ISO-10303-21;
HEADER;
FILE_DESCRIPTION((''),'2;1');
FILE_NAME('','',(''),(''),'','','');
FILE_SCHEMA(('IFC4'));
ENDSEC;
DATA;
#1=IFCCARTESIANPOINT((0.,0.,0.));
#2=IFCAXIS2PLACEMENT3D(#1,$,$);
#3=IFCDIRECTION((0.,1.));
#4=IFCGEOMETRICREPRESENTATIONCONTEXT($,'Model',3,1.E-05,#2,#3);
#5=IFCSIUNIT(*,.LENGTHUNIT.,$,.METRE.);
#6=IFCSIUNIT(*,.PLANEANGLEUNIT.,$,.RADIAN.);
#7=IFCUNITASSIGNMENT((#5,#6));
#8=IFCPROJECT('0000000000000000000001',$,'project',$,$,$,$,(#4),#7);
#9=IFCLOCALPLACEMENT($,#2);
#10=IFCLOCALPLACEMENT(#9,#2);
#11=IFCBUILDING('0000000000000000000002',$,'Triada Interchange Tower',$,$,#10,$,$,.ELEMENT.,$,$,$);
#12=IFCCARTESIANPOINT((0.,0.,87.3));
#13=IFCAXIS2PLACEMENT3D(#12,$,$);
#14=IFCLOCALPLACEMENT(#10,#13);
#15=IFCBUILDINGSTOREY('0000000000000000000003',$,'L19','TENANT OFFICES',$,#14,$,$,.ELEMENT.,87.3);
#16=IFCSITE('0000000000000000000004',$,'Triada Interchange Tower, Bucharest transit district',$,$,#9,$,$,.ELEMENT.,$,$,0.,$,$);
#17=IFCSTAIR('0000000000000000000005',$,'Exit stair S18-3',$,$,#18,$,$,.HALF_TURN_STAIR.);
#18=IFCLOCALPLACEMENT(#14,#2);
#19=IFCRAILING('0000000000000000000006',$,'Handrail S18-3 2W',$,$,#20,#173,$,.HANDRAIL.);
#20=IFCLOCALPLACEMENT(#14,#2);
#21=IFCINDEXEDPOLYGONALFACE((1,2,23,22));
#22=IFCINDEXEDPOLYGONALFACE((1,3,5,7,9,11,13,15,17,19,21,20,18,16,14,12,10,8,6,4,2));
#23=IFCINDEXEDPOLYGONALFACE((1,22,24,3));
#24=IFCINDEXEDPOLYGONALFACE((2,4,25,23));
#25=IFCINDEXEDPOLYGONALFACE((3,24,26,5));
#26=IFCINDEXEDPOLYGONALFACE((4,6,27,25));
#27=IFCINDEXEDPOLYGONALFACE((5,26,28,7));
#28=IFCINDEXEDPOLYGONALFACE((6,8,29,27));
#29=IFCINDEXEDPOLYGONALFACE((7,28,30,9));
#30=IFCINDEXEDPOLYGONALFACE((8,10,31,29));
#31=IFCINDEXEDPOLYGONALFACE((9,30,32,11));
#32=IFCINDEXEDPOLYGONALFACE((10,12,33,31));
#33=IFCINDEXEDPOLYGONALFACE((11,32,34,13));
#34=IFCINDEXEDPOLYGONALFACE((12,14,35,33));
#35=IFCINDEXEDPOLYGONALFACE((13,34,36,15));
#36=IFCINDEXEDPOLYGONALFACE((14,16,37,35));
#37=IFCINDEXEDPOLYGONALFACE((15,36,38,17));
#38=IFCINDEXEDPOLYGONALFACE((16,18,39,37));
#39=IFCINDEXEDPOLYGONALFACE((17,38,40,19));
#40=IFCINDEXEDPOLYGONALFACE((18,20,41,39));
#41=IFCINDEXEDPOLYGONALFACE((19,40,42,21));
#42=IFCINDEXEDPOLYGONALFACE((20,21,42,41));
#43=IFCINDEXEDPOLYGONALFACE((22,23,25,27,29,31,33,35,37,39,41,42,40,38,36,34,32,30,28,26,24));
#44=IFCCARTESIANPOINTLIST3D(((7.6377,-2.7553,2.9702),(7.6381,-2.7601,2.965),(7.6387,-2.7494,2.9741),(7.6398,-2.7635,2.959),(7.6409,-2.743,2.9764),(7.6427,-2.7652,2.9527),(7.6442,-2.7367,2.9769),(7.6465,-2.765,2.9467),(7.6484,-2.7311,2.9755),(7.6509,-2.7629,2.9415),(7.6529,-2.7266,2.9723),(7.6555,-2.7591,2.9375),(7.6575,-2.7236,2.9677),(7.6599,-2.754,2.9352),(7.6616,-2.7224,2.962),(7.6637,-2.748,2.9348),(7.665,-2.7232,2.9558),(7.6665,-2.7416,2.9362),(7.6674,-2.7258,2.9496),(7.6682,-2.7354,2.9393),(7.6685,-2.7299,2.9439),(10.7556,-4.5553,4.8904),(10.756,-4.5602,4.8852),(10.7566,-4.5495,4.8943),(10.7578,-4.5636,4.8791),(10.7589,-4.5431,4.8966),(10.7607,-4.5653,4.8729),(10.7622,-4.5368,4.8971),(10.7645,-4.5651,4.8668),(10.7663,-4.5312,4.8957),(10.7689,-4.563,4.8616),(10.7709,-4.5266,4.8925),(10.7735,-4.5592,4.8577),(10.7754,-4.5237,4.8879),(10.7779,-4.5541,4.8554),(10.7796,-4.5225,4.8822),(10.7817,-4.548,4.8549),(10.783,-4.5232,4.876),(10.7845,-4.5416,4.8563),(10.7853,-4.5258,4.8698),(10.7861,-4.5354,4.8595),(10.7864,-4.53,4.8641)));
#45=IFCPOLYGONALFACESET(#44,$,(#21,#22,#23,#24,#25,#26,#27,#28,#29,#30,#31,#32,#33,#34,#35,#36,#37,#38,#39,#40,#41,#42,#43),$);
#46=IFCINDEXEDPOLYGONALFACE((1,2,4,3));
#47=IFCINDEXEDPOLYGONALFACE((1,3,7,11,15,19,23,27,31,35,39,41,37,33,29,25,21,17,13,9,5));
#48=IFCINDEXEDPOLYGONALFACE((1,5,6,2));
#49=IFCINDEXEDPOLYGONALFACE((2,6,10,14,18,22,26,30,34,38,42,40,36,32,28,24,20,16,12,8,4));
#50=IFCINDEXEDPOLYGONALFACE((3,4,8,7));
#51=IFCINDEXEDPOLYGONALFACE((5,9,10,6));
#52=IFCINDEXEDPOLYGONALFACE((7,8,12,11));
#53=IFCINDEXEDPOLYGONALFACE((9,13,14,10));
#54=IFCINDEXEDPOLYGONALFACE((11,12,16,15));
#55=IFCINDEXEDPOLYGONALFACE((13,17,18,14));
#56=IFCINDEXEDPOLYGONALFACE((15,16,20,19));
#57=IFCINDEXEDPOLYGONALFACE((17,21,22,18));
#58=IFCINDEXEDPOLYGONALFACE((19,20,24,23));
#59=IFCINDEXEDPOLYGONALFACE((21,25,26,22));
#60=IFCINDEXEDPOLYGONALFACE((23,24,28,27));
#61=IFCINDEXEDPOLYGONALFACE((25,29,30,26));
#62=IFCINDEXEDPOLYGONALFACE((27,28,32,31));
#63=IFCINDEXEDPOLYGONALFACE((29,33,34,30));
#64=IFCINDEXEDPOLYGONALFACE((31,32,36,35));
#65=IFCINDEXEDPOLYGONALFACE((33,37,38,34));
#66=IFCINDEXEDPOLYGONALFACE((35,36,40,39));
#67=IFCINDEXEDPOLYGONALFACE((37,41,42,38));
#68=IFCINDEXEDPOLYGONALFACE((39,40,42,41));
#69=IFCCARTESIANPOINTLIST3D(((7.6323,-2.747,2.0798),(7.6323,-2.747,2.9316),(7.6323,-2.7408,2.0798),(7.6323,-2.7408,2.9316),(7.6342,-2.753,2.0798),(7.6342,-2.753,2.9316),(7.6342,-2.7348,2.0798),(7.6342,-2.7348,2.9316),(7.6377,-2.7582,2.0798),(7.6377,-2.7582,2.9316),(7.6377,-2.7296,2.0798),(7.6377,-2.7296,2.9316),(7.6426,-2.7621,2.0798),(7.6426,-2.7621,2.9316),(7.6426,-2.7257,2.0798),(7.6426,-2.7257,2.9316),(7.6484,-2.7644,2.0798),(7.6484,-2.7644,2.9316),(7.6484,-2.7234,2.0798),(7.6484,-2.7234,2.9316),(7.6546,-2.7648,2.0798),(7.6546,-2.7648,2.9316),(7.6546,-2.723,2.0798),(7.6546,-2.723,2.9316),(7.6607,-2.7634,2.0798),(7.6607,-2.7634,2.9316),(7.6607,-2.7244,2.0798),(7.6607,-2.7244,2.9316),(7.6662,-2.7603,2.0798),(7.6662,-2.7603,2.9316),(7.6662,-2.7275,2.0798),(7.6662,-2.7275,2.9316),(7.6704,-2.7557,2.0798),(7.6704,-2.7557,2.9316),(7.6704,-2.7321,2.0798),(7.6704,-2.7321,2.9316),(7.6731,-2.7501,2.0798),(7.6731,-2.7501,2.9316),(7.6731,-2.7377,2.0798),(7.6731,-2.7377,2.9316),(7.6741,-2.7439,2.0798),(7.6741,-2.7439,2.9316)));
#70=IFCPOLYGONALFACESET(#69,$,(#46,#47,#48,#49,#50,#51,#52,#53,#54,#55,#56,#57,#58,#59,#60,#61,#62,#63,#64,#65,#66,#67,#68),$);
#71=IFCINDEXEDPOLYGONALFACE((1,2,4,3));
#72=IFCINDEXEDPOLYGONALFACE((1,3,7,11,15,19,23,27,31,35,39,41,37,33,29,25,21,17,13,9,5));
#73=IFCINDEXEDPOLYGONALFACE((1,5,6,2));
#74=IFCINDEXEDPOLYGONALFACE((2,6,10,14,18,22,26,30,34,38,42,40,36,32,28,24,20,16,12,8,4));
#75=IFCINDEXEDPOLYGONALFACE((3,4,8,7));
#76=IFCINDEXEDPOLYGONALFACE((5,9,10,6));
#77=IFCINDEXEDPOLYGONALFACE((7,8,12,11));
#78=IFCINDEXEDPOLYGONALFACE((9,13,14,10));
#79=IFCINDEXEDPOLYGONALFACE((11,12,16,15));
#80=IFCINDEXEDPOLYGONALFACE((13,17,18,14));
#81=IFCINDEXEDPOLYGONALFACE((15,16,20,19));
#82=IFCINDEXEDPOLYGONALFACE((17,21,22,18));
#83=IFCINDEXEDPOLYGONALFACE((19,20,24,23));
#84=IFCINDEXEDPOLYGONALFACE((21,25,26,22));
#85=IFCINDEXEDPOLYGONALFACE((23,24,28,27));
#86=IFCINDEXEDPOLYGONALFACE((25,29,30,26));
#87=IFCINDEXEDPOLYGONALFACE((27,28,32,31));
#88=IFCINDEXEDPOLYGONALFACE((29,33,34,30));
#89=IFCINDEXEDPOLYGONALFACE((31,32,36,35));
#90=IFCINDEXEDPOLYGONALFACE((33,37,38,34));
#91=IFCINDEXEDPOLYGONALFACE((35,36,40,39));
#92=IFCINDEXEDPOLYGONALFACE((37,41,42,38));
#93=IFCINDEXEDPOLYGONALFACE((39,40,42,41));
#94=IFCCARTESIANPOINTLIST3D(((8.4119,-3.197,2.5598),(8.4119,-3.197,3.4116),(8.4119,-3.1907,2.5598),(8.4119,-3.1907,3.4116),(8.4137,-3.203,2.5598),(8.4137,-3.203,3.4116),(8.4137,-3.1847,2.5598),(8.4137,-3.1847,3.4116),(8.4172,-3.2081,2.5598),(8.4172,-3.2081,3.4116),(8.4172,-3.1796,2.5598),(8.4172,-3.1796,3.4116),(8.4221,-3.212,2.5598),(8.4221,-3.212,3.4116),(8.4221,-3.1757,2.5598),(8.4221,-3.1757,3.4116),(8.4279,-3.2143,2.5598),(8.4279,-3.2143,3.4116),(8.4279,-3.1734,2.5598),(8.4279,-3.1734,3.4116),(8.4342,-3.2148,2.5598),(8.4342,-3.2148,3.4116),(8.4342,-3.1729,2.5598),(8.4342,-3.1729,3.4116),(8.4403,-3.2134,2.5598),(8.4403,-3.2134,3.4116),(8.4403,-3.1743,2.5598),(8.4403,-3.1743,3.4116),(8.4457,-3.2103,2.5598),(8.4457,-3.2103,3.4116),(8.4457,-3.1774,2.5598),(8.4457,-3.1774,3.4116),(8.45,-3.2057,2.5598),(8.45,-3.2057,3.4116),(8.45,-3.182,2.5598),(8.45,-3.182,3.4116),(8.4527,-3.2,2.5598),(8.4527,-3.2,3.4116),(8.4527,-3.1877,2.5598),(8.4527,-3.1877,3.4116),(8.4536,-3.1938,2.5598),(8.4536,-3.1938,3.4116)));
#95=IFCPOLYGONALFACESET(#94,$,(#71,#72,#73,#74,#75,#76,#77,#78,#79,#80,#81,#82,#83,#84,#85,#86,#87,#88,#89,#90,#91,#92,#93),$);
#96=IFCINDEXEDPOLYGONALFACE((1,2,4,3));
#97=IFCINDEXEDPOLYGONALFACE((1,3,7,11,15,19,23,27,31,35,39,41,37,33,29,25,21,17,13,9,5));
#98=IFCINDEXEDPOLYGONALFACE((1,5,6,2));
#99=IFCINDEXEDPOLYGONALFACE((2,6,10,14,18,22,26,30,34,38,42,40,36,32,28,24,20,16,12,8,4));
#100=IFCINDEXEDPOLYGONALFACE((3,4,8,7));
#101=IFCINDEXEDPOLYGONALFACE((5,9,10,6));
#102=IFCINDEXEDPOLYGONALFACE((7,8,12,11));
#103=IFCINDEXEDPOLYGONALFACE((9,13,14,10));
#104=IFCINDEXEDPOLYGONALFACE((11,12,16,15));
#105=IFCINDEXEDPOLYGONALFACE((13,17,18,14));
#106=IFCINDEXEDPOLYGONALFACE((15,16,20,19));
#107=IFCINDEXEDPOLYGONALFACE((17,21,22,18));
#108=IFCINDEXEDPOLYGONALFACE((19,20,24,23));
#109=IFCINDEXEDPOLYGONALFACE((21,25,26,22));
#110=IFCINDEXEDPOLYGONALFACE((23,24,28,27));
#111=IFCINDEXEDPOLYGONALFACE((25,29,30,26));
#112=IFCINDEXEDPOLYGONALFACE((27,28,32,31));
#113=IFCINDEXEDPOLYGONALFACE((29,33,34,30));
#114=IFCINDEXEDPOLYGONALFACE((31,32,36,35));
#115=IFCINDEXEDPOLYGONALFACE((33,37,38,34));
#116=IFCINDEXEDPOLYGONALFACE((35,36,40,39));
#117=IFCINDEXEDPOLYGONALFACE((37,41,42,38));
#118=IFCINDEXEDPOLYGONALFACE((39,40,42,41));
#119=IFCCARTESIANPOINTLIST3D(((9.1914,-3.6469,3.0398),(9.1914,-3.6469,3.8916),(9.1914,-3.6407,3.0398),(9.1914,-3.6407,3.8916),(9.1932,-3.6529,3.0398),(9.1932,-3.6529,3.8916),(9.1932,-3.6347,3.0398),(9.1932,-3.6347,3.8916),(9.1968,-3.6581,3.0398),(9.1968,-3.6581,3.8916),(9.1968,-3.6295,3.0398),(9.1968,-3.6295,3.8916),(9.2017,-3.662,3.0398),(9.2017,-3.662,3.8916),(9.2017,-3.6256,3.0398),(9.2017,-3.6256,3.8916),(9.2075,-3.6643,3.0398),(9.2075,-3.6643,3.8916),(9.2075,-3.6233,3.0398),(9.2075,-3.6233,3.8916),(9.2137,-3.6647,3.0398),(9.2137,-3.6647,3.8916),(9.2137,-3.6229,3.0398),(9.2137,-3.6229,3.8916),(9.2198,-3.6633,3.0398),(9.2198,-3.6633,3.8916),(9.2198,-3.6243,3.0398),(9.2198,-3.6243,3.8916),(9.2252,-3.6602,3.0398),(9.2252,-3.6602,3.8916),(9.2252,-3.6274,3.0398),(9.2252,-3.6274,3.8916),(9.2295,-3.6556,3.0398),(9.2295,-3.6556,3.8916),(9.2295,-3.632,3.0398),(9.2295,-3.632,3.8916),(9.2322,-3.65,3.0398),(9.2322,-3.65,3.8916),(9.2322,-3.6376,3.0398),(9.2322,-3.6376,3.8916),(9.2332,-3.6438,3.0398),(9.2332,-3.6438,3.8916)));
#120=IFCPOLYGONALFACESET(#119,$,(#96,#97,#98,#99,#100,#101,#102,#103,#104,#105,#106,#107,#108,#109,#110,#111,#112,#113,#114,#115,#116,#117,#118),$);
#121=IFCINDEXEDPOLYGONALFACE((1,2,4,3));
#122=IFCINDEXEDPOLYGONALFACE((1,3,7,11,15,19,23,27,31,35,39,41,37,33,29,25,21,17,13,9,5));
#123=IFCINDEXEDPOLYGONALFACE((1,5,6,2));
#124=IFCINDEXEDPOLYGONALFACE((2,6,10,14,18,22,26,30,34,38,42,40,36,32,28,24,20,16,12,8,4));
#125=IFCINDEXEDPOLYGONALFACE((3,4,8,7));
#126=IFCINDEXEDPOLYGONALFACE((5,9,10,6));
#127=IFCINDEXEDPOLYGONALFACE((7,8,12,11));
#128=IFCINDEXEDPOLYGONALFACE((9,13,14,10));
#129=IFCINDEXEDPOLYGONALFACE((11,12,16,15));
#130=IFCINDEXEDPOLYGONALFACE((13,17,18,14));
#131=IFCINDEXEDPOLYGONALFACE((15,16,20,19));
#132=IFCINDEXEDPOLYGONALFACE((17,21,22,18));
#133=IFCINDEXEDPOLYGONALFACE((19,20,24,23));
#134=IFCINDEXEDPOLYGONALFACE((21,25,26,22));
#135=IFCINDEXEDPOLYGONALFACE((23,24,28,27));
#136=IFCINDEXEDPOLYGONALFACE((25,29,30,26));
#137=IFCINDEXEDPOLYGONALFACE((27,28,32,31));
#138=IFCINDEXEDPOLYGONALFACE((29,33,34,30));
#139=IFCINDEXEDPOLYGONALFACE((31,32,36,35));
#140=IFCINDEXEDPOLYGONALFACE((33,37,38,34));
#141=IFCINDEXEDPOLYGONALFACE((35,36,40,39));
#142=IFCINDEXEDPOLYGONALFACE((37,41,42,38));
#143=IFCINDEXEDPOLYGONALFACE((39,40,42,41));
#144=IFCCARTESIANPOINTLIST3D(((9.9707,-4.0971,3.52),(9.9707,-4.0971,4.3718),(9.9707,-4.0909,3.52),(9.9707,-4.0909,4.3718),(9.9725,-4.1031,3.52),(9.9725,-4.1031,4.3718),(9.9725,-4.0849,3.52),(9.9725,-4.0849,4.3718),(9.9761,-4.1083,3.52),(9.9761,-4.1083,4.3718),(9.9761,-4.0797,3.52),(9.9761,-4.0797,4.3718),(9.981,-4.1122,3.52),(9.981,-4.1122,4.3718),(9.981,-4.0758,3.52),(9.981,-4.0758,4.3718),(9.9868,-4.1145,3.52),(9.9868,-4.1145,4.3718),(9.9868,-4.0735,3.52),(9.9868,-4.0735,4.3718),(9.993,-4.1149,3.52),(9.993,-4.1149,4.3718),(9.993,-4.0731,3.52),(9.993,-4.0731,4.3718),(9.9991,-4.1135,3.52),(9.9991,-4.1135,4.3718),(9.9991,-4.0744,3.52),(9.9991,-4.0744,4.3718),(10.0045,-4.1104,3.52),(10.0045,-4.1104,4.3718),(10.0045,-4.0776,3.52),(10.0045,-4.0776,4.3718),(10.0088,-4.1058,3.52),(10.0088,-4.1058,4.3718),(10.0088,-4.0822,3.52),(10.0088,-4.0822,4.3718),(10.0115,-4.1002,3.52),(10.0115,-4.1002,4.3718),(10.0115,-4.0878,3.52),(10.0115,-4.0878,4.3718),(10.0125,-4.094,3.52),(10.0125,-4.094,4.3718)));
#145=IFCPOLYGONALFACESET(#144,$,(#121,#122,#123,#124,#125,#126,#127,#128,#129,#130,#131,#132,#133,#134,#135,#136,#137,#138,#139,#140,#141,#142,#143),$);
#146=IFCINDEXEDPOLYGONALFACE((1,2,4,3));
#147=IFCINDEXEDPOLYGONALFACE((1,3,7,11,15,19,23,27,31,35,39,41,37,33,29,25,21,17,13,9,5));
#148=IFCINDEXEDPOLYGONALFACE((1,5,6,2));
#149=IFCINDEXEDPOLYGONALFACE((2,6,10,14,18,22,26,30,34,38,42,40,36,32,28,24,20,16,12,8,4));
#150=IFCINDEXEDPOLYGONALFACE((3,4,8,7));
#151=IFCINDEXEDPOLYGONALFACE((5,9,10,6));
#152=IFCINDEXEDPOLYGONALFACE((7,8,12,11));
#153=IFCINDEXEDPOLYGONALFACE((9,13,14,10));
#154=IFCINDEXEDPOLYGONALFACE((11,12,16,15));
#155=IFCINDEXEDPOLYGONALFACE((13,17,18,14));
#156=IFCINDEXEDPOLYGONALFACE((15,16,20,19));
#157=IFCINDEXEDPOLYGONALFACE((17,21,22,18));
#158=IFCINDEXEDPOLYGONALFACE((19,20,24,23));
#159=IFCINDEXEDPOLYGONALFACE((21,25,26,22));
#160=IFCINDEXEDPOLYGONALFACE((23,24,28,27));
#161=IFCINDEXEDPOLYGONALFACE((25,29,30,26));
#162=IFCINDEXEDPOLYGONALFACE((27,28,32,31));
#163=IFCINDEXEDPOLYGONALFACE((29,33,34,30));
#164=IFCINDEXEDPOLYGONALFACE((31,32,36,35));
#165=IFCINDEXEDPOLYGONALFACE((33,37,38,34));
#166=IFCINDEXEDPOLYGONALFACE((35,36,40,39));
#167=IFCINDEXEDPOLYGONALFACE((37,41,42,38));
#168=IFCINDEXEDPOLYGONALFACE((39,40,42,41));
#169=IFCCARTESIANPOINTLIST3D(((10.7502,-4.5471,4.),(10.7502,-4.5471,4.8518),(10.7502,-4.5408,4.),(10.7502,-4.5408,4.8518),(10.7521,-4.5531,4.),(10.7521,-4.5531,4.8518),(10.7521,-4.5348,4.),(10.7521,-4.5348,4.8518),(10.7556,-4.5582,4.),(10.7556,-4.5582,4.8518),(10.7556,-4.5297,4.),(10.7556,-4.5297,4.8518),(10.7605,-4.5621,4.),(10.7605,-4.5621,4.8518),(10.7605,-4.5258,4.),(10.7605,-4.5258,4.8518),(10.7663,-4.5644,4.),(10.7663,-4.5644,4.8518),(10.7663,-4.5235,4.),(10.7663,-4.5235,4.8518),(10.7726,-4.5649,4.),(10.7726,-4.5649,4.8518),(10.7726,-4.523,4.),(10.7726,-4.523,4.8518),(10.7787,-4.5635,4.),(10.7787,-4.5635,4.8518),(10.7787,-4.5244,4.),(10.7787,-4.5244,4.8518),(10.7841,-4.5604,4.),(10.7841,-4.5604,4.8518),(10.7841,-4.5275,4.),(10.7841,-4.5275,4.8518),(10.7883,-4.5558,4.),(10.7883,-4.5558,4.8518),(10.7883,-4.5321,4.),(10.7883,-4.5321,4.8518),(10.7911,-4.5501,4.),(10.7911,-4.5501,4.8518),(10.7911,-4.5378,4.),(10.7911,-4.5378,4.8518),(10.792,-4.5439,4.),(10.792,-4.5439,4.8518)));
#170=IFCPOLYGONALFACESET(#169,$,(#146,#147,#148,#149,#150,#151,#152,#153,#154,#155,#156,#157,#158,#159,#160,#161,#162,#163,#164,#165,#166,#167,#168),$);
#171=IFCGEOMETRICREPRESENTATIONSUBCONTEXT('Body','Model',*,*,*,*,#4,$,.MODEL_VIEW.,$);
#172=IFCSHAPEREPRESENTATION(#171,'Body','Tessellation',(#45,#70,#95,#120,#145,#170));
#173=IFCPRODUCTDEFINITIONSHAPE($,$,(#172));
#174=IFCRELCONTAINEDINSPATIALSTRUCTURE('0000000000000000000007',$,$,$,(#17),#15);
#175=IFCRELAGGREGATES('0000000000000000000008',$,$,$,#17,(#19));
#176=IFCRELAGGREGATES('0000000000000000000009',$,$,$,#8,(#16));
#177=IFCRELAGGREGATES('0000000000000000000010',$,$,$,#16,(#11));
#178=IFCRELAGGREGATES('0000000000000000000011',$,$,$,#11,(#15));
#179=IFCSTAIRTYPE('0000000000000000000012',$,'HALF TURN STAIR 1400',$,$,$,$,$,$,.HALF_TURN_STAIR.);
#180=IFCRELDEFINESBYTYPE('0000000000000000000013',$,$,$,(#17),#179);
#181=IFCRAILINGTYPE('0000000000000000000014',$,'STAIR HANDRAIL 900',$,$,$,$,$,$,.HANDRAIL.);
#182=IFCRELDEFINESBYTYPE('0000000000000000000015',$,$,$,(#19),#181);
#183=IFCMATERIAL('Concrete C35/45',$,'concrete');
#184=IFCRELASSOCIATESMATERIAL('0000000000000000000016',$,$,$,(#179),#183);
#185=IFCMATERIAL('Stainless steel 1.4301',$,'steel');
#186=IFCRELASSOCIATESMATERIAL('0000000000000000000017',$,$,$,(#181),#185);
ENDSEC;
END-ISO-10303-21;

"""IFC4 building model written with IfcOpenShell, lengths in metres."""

from ifc_helpers import new_model, si_unit, direction, frame, origin, origin_2d, place, context, subcontext, project, spatial, circle, extrude, material, type_object, element, aggregate, save


model = new_model("IFC4")

# Units and contexts
model_context = context("Model", 3, precision=1e-05, world=origin(), true_north=direction((0.0, 1.0)))
body_context = subcontext(model_context, "Body", "Model", "MODEL_VIEW")
ifc_project = project(units=[si_unit("LENGTHUNIT", "METRE"), si_unit("PLANEANGLEUNIT", "RADIAN")], contexts=[model_context])

# Site, building, storey
site_placement = place(None, origin())
site = spatial("IfcSite", under=ifc_project, at=site_placement, Name="Triada Interchange Tower, Bucharest transit district", CompositionType="ELEMENT", RefElevation=0.0)
building_placement = place(site_placement, origin())
building = spatial("IfcBuilding", under=site, at=building_placement, Name="Triada Interchange Tower", CompositionType="ELEMENT")
storey_placement = place(building_placement, frame((0.0, 0.0, 87.3)))
storey = spatial("IfcBuildingStorey", under=building, at=storey_placement, Name="L19", Description="TENANT OFFICES", CompositionType="ELEMENT", Elevation=87.3)

# Stair
ifc_material_1 = material(Name="Concrete C35/45", Category="concrete")
stair_type = type_object("IfcStairType", Name="HALF TURN STAIR 1400", PredefinedType="HALF_TURN_STAIR", material=ifc_material_1)
stair_placement = place(storey_placement, origin())
stair = element("IfcStair", 1, at=stair_placement, inside=storey, type_object=stair_type, Name="Exit stair S18-3", PredefinedType="HALF_TURN_STAIR")

# Railing
ifc_material_2 = material(Name="Stainless steel 1.4301", Category="steel")
railing_type = type_object("IfcRailingType", Name="STAIR HANDRAIL 900", PredefinedType="HANDRAIL", material=ifc_material_2)
railing_1_placement = place(storey_placement, frame((7.6531, -2.7439, 2.0798)))
railing_1 = element("IfcRailing", 2, at=railing_1_placement, type_object=railing_type, Name="Handrail S18-3 2W", PredefinedType="HANDRAIL", context=body_context, shape_type="SweptSolid", body=[
    extrude(circle(Radius=0.0239, at=origin_2d()), frame((0.0, 0.0, 0.876), z_axis=(0.764145, -0.441159, 0.470597), x_axis=(0.499983, 0.866035, 0.0)), (0.0, 0.0, 1.0), 4.0803),
    extrude(circle(Radius=0.021, at=origin_2d()), origin(), (0.0, 0.0, 1.0), 0.8518),
    extrude(circle(Radius=0.021, at=origin_2d()), frame((0.7795, -0.45, 0.48)), (0.0, 0.0, 1.0), 0.8518),
    extrude(circle(Radius=0.021, at=origin_2d()), frame((1.5591, -0.8999, 0.96)), (0.0, 0.0, 1.0), 0.8518),
    extrude(circle(Radius=0.021, at=origin_2d()), frame((2.3384, -1.3501, 1.4402)), (0.0, 0.0, 1.0), 0.8518),
    extrude(circle(Radius=0.021, at=origin_2d()), frame((3.1179, -1.8, 1.9202)), (0.0, 0.0, 1.0), 0.8518),
])
aggregate(stair, [railing_1])

save(model, "model.ifc")
